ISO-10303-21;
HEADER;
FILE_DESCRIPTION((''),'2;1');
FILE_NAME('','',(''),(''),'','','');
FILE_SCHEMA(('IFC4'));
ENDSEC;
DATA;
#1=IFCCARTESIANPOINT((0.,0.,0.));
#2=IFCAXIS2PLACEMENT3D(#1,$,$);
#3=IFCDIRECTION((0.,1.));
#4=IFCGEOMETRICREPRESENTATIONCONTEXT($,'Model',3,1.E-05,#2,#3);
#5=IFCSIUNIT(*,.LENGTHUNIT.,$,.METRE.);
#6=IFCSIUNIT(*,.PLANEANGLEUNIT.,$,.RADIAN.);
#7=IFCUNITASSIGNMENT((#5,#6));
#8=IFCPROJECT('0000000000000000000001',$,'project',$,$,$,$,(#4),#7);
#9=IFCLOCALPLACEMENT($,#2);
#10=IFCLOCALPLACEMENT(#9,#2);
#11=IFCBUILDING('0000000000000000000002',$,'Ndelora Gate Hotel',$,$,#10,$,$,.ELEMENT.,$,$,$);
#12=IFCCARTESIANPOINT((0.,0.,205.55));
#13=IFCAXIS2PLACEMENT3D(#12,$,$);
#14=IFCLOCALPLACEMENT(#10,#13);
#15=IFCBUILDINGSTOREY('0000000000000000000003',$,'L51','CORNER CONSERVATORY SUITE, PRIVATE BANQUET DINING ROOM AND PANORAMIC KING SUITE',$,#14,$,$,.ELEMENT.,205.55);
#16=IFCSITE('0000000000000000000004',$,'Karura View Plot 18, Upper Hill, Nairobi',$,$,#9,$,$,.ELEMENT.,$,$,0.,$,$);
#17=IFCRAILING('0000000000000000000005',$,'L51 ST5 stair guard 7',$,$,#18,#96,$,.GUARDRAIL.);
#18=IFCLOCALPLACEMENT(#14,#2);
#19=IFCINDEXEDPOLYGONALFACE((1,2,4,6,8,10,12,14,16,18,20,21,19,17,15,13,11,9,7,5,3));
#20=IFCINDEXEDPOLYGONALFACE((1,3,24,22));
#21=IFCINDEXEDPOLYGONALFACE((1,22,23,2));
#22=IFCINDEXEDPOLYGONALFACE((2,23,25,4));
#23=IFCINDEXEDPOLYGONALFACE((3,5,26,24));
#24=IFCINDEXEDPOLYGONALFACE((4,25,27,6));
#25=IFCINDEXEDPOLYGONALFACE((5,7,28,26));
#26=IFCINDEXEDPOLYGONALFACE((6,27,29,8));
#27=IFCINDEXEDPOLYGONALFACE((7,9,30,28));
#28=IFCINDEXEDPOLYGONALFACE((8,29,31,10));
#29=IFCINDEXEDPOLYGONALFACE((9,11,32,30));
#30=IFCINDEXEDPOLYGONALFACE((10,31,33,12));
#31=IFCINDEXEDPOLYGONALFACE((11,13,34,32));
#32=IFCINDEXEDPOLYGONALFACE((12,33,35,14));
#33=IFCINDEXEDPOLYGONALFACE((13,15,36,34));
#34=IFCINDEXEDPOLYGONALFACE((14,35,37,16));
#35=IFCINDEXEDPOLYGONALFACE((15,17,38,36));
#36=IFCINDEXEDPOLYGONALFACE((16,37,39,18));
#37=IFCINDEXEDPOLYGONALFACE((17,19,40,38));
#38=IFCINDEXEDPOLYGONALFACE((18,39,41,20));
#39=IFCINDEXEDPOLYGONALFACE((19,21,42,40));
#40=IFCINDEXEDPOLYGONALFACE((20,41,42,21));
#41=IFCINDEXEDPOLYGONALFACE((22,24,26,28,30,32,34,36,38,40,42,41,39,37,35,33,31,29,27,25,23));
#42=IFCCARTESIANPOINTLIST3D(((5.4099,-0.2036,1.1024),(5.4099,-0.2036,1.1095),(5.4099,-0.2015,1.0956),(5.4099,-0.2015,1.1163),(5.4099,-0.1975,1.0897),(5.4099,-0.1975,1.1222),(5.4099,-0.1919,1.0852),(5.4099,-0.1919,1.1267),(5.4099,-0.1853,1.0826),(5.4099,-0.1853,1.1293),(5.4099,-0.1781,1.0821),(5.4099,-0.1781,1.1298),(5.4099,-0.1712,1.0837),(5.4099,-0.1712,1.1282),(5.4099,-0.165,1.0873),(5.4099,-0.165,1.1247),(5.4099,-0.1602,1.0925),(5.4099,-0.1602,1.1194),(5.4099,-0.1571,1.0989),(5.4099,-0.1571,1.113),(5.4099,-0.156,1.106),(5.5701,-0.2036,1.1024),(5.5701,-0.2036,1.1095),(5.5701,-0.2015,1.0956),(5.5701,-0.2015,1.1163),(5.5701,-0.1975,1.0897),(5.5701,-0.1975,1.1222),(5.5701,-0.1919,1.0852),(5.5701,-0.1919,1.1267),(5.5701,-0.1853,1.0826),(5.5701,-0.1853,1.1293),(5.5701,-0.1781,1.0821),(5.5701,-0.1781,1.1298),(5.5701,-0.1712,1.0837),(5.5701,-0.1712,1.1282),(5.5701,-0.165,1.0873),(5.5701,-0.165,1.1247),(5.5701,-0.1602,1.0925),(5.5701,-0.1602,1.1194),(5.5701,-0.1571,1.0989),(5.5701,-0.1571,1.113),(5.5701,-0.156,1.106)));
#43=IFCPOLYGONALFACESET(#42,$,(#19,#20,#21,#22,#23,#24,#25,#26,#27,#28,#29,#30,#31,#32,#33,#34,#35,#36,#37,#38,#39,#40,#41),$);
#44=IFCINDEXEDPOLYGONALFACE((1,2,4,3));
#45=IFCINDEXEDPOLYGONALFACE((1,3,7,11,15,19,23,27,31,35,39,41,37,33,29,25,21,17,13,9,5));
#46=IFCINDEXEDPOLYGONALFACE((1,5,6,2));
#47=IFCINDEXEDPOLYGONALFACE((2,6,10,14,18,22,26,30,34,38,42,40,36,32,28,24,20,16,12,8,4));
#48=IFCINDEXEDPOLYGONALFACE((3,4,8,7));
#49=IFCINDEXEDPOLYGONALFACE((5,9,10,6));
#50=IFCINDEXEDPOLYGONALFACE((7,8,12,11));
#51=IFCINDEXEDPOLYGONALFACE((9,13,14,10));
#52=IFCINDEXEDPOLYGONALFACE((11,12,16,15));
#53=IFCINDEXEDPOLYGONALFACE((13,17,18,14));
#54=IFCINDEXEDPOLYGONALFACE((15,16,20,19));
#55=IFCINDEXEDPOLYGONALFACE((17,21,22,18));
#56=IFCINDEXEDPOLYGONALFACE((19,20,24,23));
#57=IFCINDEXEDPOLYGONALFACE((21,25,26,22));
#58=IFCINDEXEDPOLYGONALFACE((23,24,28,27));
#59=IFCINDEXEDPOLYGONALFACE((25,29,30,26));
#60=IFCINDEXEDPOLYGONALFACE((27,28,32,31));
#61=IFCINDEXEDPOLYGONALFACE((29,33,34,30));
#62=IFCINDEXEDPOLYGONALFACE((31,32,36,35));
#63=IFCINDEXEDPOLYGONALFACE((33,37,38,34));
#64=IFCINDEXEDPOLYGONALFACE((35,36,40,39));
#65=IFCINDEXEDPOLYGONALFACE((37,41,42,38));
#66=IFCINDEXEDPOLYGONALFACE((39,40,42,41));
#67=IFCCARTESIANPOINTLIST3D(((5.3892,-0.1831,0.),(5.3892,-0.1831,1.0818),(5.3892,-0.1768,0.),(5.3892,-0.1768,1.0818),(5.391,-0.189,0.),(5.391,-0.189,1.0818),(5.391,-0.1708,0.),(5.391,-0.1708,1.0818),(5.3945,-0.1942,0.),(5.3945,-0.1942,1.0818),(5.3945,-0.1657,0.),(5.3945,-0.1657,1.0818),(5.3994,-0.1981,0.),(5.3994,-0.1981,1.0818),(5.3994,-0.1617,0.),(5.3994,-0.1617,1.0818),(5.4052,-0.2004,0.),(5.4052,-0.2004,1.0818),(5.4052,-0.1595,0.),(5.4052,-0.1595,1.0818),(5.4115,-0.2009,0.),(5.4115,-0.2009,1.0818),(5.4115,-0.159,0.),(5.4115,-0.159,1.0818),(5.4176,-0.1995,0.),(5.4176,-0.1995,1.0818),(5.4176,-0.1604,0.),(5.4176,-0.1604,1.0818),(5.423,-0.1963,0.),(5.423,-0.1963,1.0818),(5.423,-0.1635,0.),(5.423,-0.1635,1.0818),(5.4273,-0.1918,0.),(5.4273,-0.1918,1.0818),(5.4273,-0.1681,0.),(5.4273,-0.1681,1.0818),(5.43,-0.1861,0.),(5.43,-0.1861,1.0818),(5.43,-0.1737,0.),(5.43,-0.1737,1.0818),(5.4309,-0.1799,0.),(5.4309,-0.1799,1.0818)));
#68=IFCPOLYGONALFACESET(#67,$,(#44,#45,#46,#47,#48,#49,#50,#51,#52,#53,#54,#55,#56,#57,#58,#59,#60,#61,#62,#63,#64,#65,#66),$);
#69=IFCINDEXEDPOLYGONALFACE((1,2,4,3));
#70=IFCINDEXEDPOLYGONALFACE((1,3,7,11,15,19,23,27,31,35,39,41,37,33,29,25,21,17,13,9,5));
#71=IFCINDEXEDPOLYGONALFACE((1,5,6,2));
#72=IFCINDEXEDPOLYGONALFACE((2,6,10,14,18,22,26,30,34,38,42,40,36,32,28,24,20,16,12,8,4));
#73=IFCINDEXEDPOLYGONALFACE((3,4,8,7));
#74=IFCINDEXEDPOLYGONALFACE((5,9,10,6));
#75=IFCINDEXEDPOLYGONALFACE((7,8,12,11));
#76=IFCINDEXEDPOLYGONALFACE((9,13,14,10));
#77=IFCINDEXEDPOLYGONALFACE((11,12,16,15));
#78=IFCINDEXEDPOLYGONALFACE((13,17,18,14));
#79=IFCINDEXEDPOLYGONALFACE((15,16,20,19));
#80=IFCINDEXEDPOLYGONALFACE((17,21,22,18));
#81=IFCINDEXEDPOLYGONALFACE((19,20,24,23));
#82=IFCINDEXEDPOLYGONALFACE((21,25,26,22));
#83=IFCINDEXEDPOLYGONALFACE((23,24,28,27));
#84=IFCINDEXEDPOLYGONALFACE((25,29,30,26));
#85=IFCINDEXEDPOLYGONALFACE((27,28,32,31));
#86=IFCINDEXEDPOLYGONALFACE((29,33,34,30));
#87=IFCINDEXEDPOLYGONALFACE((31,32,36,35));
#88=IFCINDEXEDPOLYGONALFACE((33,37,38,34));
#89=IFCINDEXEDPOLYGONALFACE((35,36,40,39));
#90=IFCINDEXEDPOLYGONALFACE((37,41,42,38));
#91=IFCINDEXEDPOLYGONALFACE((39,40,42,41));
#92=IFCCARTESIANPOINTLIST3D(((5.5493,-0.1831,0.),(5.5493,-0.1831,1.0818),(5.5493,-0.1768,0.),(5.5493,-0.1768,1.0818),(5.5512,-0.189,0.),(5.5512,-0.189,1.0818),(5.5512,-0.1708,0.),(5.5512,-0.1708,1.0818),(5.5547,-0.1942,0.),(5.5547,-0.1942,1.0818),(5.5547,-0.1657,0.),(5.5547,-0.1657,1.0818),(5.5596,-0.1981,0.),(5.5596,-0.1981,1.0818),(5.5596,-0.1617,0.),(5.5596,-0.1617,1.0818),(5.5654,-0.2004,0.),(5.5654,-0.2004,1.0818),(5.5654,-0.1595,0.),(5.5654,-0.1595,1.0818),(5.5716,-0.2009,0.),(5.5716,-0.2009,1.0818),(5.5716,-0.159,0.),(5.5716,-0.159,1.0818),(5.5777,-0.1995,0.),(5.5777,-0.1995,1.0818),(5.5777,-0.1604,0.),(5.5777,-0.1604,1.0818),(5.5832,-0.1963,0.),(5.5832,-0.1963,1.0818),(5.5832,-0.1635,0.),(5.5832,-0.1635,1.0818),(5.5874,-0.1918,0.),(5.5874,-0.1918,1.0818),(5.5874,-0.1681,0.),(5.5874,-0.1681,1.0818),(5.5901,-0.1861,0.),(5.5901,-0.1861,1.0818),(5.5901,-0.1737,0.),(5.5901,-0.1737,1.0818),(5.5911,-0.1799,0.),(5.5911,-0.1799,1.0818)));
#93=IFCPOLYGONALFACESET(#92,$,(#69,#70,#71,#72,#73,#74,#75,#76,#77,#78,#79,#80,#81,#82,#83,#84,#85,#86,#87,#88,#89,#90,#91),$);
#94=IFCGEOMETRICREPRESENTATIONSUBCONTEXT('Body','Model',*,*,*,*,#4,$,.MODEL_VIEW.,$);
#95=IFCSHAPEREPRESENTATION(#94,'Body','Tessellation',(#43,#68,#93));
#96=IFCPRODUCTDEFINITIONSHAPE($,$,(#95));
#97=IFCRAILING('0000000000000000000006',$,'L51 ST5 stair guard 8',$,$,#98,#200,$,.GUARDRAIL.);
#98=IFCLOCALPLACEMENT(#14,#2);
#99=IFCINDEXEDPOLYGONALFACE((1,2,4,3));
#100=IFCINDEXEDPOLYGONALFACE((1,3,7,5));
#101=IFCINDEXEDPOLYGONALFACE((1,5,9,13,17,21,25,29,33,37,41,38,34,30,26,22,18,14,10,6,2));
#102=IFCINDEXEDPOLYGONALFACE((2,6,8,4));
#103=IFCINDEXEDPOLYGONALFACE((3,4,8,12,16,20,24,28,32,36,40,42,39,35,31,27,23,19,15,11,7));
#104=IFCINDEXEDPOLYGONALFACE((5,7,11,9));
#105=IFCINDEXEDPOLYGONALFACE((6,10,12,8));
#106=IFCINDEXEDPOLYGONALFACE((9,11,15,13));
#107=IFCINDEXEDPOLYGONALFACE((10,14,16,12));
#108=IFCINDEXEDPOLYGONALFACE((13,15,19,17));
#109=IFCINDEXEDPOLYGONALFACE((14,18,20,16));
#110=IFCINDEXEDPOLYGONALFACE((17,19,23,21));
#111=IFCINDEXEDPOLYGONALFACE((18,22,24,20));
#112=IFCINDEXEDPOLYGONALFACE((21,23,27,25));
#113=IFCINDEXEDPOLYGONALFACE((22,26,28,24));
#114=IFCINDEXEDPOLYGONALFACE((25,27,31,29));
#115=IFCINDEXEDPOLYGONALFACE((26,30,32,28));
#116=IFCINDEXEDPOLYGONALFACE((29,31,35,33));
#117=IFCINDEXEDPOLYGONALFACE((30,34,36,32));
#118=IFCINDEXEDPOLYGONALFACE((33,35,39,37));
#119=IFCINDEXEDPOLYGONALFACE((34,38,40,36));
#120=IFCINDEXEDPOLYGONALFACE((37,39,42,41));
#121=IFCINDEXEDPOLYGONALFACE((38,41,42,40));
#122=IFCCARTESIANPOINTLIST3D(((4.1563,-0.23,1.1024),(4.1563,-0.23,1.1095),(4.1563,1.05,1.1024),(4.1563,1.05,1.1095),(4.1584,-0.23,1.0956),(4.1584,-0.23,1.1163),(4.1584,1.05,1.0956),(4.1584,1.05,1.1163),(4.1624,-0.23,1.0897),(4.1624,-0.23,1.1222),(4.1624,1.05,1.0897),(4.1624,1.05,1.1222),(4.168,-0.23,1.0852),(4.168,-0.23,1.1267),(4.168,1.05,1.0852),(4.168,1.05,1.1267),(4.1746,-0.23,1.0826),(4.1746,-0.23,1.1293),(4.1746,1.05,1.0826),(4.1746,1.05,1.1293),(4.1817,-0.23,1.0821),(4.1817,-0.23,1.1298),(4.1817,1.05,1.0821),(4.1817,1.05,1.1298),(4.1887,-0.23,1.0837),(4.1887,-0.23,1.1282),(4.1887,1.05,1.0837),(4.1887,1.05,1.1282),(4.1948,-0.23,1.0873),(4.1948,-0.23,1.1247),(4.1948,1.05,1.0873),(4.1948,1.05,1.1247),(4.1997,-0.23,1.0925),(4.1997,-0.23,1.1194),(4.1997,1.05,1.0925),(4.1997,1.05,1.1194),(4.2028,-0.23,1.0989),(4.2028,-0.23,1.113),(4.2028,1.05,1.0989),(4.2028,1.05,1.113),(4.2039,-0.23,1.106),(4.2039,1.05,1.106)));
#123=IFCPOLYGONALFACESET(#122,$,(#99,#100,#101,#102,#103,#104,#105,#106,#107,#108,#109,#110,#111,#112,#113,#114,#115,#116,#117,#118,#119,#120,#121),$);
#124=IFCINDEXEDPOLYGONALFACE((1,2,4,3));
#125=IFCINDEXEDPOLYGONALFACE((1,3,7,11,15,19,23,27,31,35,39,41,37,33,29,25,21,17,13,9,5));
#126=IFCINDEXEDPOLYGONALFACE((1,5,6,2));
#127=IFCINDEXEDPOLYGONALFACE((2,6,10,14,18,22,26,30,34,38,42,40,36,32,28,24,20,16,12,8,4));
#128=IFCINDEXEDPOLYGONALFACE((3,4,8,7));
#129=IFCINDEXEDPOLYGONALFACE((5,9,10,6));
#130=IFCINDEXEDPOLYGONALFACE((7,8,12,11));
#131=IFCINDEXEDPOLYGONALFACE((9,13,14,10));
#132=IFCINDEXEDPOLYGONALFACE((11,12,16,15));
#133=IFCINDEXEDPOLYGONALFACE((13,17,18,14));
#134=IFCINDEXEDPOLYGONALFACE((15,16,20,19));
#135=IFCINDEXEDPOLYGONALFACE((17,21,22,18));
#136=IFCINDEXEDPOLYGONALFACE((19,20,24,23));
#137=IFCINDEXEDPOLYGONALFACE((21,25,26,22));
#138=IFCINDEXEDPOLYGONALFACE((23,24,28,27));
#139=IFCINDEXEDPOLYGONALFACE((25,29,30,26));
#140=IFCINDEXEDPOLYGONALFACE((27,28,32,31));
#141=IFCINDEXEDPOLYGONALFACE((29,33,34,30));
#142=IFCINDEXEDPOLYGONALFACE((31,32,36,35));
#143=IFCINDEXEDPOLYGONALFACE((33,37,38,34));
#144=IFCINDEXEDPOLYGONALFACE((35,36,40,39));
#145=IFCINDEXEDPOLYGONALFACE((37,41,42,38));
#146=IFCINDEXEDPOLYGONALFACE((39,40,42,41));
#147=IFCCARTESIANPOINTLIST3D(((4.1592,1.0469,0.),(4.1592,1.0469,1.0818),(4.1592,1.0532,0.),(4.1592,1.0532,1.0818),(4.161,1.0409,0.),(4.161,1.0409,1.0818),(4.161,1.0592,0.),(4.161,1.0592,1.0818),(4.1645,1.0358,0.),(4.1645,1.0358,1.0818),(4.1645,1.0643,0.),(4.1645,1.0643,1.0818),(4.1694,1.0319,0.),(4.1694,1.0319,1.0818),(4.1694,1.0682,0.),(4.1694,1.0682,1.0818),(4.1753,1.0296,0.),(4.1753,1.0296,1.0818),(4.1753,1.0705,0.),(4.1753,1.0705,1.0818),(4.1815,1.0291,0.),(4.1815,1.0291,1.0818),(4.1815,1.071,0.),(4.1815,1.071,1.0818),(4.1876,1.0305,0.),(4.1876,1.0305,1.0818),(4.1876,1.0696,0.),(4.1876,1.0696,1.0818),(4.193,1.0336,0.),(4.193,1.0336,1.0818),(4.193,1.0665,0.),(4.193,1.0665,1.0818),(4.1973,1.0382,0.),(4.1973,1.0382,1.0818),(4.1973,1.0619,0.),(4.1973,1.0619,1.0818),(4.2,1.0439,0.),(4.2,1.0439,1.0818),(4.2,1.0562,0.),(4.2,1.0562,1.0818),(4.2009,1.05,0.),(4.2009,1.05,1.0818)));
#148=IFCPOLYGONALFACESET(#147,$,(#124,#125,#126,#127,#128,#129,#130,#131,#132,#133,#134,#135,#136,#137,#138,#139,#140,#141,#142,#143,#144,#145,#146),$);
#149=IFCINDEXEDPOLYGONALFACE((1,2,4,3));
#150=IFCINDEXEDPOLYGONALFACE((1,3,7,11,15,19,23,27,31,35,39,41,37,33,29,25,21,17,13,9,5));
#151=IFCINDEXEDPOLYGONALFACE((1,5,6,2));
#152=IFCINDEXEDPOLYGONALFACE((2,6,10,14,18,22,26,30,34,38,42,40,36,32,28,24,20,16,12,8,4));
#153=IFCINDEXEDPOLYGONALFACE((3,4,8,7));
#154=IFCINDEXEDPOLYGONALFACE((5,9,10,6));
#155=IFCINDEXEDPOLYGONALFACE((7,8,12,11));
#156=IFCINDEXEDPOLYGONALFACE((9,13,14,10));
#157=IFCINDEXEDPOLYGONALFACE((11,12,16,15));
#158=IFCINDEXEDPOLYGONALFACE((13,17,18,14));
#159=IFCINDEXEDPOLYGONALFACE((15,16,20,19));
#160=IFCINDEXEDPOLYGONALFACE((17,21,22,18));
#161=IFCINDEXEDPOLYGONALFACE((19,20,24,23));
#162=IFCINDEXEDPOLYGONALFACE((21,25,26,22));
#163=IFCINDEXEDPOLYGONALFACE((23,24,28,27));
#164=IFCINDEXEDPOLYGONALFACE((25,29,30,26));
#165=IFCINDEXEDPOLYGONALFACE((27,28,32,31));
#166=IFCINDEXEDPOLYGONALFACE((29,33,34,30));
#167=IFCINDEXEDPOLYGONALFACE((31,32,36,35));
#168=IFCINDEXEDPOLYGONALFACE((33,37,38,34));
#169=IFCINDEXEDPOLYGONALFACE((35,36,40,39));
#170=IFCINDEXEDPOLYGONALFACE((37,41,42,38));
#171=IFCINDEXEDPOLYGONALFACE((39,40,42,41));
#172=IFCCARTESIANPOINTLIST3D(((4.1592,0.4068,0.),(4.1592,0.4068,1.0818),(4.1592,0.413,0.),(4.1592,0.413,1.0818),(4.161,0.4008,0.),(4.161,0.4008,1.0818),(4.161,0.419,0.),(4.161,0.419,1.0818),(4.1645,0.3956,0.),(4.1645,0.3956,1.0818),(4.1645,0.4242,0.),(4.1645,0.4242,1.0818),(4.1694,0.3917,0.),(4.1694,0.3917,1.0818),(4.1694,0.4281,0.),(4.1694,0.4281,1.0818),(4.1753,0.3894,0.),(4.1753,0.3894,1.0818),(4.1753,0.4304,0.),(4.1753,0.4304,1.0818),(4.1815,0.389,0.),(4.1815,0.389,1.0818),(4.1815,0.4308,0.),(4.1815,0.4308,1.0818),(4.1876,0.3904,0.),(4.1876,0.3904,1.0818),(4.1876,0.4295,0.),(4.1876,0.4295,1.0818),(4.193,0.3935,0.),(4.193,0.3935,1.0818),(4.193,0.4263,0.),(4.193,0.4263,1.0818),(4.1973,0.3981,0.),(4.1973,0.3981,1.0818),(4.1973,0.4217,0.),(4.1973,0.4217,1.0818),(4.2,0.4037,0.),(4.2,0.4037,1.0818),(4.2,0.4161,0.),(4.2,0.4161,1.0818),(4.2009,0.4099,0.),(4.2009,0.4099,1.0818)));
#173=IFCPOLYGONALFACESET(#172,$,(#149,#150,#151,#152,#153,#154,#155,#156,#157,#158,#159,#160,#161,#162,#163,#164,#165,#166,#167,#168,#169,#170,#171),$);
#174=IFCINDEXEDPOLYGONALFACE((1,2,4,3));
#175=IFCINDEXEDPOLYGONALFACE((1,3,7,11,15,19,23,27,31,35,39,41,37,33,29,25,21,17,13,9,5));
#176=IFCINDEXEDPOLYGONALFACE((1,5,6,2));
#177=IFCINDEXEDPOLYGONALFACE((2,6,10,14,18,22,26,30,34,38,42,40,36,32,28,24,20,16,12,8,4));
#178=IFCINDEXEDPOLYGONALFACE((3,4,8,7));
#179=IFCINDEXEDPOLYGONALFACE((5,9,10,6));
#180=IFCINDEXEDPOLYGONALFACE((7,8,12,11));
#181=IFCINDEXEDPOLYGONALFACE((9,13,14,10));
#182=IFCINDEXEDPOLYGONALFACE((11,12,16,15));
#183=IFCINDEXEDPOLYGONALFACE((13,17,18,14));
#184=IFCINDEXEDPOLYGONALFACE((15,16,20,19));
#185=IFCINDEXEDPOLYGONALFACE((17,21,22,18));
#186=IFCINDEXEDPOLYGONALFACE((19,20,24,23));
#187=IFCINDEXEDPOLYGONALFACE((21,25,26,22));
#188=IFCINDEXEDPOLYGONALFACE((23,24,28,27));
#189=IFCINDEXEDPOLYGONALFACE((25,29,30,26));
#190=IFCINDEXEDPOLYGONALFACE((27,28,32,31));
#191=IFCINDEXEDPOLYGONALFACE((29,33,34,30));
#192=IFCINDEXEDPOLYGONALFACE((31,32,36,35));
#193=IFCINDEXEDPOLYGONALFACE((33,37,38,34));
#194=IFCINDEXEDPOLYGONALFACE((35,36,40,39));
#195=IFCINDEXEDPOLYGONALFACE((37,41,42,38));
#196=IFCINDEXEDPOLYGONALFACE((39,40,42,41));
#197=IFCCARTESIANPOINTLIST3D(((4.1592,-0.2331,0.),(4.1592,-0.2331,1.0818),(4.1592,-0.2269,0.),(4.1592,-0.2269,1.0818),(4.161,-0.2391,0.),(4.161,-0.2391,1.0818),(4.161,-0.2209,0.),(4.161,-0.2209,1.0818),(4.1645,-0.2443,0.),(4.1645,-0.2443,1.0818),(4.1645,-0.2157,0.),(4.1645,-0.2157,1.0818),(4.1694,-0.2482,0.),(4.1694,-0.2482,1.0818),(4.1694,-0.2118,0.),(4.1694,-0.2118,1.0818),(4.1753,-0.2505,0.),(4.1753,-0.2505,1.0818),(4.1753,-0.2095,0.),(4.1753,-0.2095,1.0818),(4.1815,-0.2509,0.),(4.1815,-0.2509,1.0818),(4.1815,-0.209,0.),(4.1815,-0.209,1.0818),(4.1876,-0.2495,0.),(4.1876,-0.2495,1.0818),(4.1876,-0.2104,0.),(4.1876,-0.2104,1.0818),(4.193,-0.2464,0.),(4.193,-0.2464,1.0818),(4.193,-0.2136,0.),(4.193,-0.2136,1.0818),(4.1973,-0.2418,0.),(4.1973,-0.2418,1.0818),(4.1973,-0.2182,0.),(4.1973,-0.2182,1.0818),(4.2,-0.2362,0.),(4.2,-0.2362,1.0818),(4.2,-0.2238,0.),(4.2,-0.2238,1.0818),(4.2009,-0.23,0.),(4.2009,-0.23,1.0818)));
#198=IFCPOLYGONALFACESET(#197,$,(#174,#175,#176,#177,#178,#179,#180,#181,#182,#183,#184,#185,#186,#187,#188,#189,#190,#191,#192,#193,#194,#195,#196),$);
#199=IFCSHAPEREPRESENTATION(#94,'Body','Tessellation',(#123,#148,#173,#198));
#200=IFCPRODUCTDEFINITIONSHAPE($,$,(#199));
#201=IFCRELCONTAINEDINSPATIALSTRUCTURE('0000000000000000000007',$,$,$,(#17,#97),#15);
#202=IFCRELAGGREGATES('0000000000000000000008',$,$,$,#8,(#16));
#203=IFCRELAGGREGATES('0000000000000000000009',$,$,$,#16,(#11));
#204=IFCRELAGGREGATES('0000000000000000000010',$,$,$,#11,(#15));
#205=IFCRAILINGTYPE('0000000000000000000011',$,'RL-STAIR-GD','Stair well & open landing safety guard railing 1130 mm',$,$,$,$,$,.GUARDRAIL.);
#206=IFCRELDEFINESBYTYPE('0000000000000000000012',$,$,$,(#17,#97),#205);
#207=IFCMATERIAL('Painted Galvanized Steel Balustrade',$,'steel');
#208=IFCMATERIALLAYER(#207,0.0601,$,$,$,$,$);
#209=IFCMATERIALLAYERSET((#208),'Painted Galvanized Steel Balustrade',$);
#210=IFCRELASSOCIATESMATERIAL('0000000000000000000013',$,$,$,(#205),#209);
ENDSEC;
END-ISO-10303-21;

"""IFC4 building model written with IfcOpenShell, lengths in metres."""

from ifc_helpers import new_model, si_unit, direction, frame, origin, origin_2d, place, context, subcontext, project, spatial, circle, extrude, material, layer, layer_set, type_object, element, save


model = new_model("IFC4")

# Units and contexts
model_context = context("Model", 3, precision=1e-05, world=origin(), true_north=direction((0.0, 1.0)))
body_context = subcontext(model_context, "Body", "Model", "MODEL_VIEW")
ifc_project = project(units=[si_unit("LENGTHUNIT", "METRE"), si_unit("PLANEANGLEUNIT", "RADIAN")], contexts=[model_context])

# Site, building, storey
site_placement = place(None, origin())
site = spatial("IfcSite", under=ifc_project, at=site_placement, Name="Karura View Plot 18, Upper Hill, Nairobi", CompositionType="ELEMENT", RefElevation=0.0)
building_placement = place(site_placement, origin())
building = spatial("IfcBuilding", under=site, at=building_placement, Name="Ndelora Gate Hotel", CompositionType="ELEMENT")
storey_placement = place(building_placement, frame((0.0, 0.0, 205.55)))
storey = spatial("IfcBuildingStorey", under=building, at=storey_placement, Name="L51", Description="CORNER CONSERVATORY SUITE, PRIVATE BANQUET DINING ROOM AND PANORAMIC KING SUITE", CompositionType="ELEMENT", Elevation=205.55)

# Railings
ifc_material_1 = material(Name="Painted Galvanized Steel Balustrade", Category="steel")
ifc_layer_1 = layer(ifc_material_1, 0.0601)
ifc_layer_set_1 = layer_set([ifc_layer_1], Name="Painted Galvanized Steel Balustrade")
railing_type_1 = type_object("IfcRailingType", Name="RL-STAIR-GD", Description="Stair well & open landing safety guard railing 1130 mm", PredefinedType="GUARDRAIL", material=ifc_layer_set_1)
railing_1_placement = place(storey_placement, frame((5.4099, -0.1799, 0.0)))
element("IfcRailing", 1, at=railing_1_placement, inside=storey, type_object=railing_type_1, Name="L51 ST5 stair guard 7", PredefinedType="GUARDRAIL", context=body_context, shape_type="SweptSolid", body=[
    extrude(circle(Radius=0.0239, at=origin_2d()), frame((0.0, 0.0, 1.106), z_axis=(1.0, 0.0, 0.0), x_axis=(0.0, 1.0, 0.0)), (0.0, 0.0, 1.0), 0.1602),
    extrude(circle(Radius=0.021, at=origin_2d()), origin(), (0.0, 0.0, 1.0), 1.0818),
    extrude(circle(Radius=0.021, at=origin_2d()), frame((0.1602, 0.0, 0.0)), (0.0, 0.0, 1.0), 1.0818),
])
for number, where, name in (
    (2, (4.1799, 1.05, 0.0), "L51 ST5 stair guard 8"),
):
    element("IfcRailing", number, at=place(storey_placement, frame(where)), inside=storey, type_object=railing_type_1, Name=name, PredefinedType="GUARDRAIL", context=body_context, shape_type="SweptSolid", body=[
        extrude(circle(Radius=0.0239, at=origin_2d()), frame((0.0, 0.0, 1.106), z_axis=(0.0, -1.0, 0.0), x_axis=(1.0, 0.0, 0.0)), (0.0, 0.0, 1.0), 1.28),
        extrude(circle(Radius=0.021, at=origin_2d()), origin(), (0.0, 0.0, 1.0), 1.0818),
        extrude(circle(Radius=0.021, at=origin_2d()), frame((0.0, -0.6401, 0.0)), (0.0, 0.0, 1.0), 1.0818),
        extrude(circle(Radius=0.021, at=origin_2d()), frame((0.0, -1.28, 0.0)), (0.0, 0.0, 1.0), 1.0818),
    ])

save(model, "model.ifc")
